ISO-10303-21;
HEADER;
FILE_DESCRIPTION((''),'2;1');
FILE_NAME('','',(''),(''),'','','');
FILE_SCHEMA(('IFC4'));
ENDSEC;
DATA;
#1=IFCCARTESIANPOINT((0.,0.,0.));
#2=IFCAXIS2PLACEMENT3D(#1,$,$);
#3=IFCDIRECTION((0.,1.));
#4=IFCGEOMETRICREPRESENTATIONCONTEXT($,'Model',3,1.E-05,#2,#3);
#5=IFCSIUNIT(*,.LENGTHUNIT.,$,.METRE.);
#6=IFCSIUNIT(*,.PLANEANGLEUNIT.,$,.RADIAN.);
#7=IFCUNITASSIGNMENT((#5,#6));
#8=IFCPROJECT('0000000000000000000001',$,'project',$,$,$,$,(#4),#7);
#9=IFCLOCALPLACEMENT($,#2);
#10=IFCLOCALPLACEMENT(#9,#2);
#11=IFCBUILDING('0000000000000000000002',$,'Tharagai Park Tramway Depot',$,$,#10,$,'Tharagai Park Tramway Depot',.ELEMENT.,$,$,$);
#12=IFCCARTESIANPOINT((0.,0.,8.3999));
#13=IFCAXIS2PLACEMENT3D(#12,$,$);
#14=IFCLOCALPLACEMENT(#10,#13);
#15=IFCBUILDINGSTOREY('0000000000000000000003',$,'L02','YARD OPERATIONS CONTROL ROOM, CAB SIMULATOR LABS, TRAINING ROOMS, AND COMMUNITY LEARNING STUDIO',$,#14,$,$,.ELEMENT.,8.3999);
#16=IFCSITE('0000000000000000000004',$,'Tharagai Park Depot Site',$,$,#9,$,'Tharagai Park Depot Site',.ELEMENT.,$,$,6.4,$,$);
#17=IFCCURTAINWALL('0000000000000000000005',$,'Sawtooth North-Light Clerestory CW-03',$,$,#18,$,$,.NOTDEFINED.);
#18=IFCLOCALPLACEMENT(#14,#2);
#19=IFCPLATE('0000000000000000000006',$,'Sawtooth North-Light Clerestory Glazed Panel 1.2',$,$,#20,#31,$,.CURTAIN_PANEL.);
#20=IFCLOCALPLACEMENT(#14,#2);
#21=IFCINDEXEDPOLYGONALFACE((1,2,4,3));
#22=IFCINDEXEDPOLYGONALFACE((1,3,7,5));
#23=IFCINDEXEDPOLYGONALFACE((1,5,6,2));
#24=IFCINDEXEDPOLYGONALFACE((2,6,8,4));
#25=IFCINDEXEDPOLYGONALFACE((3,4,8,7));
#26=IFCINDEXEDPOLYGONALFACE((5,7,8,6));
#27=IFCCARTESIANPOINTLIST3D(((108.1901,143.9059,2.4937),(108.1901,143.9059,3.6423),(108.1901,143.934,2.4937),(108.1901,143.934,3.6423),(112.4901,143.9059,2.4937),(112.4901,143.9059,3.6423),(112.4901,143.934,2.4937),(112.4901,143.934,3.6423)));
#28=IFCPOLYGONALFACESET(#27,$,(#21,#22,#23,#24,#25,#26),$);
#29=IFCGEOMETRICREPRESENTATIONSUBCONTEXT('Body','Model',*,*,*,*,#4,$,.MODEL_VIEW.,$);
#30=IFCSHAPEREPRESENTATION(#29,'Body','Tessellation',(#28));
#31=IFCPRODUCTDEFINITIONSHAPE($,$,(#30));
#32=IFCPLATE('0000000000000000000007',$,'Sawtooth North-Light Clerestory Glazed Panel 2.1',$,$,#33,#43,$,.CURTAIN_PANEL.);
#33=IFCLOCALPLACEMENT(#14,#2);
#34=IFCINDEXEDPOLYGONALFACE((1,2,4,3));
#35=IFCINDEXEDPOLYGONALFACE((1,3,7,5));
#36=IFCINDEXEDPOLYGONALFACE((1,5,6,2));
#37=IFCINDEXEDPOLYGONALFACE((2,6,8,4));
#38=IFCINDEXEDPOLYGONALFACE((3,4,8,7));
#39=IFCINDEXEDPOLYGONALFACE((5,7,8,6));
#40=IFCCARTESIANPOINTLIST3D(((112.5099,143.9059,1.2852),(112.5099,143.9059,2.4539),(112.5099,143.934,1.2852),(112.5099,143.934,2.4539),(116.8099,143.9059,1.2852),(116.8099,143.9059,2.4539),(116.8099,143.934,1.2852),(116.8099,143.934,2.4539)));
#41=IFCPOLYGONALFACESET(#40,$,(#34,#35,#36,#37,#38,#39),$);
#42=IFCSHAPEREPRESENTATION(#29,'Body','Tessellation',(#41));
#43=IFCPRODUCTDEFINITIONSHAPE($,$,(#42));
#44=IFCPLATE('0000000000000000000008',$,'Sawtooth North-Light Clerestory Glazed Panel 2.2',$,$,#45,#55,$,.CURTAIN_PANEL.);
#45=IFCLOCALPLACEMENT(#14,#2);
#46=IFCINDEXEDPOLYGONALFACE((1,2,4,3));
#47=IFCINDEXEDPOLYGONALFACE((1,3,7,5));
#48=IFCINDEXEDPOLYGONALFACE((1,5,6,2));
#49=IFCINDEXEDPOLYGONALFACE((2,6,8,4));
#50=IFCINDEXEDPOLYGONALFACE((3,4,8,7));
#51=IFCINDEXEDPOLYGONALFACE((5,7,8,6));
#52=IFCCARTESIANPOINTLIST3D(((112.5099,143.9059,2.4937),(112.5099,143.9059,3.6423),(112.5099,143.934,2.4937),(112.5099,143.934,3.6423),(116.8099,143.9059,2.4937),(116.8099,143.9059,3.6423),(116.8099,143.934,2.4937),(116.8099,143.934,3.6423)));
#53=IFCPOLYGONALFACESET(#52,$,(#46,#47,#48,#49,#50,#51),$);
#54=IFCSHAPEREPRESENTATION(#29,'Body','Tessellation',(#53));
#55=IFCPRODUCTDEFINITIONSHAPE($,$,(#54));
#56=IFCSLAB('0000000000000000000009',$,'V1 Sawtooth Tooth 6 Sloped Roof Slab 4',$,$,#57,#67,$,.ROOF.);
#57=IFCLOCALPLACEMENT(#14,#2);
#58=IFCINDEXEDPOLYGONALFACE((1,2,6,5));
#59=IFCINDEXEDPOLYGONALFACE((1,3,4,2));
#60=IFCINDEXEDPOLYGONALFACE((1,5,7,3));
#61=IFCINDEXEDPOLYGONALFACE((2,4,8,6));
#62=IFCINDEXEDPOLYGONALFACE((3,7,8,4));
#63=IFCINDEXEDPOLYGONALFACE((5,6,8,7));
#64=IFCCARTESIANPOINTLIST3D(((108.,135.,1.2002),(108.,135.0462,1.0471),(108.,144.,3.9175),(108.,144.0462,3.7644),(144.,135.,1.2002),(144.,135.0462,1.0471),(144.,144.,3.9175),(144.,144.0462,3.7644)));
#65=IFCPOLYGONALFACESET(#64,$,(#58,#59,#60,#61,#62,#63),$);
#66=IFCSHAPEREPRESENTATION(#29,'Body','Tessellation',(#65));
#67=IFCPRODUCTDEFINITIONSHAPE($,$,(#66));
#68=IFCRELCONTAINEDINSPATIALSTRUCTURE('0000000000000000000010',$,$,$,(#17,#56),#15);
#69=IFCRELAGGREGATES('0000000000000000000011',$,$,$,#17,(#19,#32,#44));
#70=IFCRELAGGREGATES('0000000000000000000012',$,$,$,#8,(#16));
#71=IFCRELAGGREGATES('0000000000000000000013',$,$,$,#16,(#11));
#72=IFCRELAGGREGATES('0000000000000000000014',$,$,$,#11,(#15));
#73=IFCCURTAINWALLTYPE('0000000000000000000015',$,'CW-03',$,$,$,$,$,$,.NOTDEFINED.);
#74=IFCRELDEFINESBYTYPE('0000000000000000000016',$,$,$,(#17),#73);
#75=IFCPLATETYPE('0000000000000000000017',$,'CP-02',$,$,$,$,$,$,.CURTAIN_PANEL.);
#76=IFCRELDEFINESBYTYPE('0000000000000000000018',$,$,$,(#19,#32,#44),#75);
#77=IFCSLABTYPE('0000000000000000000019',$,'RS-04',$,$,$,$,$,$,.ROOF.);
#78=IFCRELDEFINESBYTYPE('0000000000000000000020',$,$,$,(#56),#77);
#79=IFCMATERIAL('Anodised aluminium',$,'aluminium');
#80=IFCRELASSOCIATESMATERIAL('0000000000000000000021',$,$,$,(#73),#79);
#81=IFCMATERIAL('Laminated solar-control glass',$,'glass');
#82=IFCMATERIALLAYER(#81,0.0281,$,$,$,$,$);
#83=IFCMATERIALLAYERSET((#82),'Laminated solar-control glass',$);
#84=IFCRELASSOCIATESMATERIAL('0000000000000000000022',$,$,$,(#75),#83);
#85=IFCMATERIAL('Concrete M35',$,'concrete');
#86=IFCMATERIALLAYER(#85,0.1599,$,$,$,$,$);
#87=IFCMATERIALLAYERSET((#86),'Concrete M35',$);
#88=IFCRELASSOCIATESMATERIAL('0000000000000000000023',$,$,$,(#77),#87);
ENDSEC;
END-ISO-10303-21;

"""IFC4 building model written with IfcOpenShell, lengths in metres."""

from ifc_helpers import new_model, si_unit, direction, frame, origin, origin_2d, place, context, subcontext, project, spatial, polyline, rectangle, outline, extrude, material, layer, layer_set, type_object, element, aggregate, save


model = new_model("IFC4")

# Units and contexts
model_context = context("Model", 3, precision=1e-05, world=origin(), true_north=direction((0.0, 1.0)))
body_context = subcontext(model_context, "Body", "Model", "MODEL_VIEW")
ifc_project = project(units=[si_unit("LENGTHUNIT", "METRE"), si_unit("PLANEANGLEUNIT", "RADIAN")], contexts=[model_context])

# Site, building, storey
site_placement = place(None, origin())
site = spatial("IfcSite", under=ifc_project, at=site_placement, Name="Tharagai Park Depot Site", LongName="Tharagai Park Depot Site", CompositionType="ELEMENT", RefElevation=6.4)
building_placement = place(site_placement, origin())
building = spatial("IfcBuilding", under=site, at=building_placement, Name="Tharagai Park Tramway Depot", LongName="Tharagai Park Tramway Depot", CompositionType="ELEMENT")
storey_placement = place(building_placement, frame((0.0, 0.0, 8.3999)))
storey = spatial("IfcBuildingStorey", under=building, at=storey_placement, Name="L02", Description="YARD OPERATIONS CONTROL ROOM, CAB SIMULATOR LABS, TRAINING ROOMS, AND COMMUNITY LEARNING STUDIO", CompositionType="ELEMENT", Elevation=8.3999)

# Curtain wall
ifc_material_1 = material(Name="Anodised aluminium", Category="aluminium")
curtain_wall_type_1 = type_object("IfcCurtainWallType", Name="CW-03", PredefinedType="NOTDEFINED", material=ifc_material_1)
curtain_wall_1_placement = place(storey_placement, origin())
curtain_wall_1 = element("IfcCurtainWall", 1, at=curtain_wall_1_placement, inside=storey, type_object=curtain_wall_type_1, Name="Sawtooth North-Light Clerestory CW-03", PredefinedType="NOTDEFINED")

# Plates
ifc_material_2 = material(Name="Laminated solar-control glass", Category="glass")
ifc_layer_1 = layer(ifc_material_2, 0.0281)
ifc_layer_set_1 = layer_set([ifc_layer_1], Name="Laminated solar-control glass")
plate_type = type_object("IfcPlateType", Name="CP-02", PredefinedType="CURTAIN_PANEL", material=ifc_layer_set_1)
plate_1_placement = place(storey_placement, frame((110.3401, 143.9199, 2.4937), z_axis=(0.0, 0.0, 1.0), x_axis=(1.0, 0.0, 0.0)))
plate_1 = element("IfcPlate", 2, at=plate_1_placement, type_object=plate_type, Name="Sawtooth North-Light Clerestory Glazed Panel 1.2", PredefinedType="CURTAIN_PANEL", context=body_context, shape_type="SweptSolid", body=[
    extrude(rectangle(XDim=4.3, YDim=0.0281, at=origin_2d()), origin(), (0.0, 0.0, 1.0), 1.1487),
])
plate_2_placement = place(storey_placement, frame((114.6599, 143.9199, 1.2852), z_axis=(0.0, 0.0, 1.0), x_axis=(1.0, 0.0, 0.0)))
plate_2 = element("IfcPlate", 3, at=plate_2_placement, type_object=plate_type, Name="Sawtooth North-Light Clerestory Glazed Panel 2.1", PredefinedType="CURTAIN_PANEL", context=body_context, shape_type="SweptSolid", body=[
    extrude(rectangle(XDim=4.3, YDim=0.0281, at=origin_2d()), origin(), (0.0, 0.0, 1.0), 1.1687),
])
plate_3_placement = place(storey_placement, frame((114.6599, 143.9199, 2.4937), z_axis=(0.0, 0.0, 1.0), x_axis=(1.0, 0.0, 0.0)))
plate_3 = element("IfcPlate", 4, at=plate_3_placement, type_object=plate_type, Name="Sawtooth North-Light Clerestory Glazed Panel 2.2", PredefinedType="CURTAIN_PANEL", context=body_context, shape_type="SweptSolid", body=[
    extrude(rectangle(XDim=4.3, YDim=0.0281, at=origin_2d()), origin(), (0.0, 0.0, 1.0), 1.1487),
])
aggregate(curtain_wall_1, [plate_1, plate_2, plate_3])

# Slab
ifc_material_3 = material(Name="Concrete M35", Category="concrete")
ifc_layer_2 = layer(ifc_material_3, 0.1599)
ifc_layer_set_2 = layer_set([ifc_layer_2], Name="Concrete M35")
slab_type = type_object("IfcSlabType", Name="RS-04", PredefinedType="ROOF", material=ifc_layer_set_2)
slab_placement = place(storey_placement, frame((108.0, 135.0, 1.2002), z_axis=(0.0, -0.289034, 0.957319), x_axis=(1.0, 0.0, 0.0)))
element("IfcSlab", 5, at=slab_placement, inside=storey, type_object=slab_type, Name="V1 Sawtooth Tooth 6 Sloped Roof Slab 4", PredefinedType="ROOF", context=body_context, shape_type="SweptSolid", body=[
    extrude(outline(polyline([(0.0, 0.0), (36.0, 0.0), (36.0, 9.4013), (0.0, 9.4013), (0.0, 0.0)])), origin(), (0.0, 0.0, -1.0), 0.1599),
])

save(model, "model.ifc")
